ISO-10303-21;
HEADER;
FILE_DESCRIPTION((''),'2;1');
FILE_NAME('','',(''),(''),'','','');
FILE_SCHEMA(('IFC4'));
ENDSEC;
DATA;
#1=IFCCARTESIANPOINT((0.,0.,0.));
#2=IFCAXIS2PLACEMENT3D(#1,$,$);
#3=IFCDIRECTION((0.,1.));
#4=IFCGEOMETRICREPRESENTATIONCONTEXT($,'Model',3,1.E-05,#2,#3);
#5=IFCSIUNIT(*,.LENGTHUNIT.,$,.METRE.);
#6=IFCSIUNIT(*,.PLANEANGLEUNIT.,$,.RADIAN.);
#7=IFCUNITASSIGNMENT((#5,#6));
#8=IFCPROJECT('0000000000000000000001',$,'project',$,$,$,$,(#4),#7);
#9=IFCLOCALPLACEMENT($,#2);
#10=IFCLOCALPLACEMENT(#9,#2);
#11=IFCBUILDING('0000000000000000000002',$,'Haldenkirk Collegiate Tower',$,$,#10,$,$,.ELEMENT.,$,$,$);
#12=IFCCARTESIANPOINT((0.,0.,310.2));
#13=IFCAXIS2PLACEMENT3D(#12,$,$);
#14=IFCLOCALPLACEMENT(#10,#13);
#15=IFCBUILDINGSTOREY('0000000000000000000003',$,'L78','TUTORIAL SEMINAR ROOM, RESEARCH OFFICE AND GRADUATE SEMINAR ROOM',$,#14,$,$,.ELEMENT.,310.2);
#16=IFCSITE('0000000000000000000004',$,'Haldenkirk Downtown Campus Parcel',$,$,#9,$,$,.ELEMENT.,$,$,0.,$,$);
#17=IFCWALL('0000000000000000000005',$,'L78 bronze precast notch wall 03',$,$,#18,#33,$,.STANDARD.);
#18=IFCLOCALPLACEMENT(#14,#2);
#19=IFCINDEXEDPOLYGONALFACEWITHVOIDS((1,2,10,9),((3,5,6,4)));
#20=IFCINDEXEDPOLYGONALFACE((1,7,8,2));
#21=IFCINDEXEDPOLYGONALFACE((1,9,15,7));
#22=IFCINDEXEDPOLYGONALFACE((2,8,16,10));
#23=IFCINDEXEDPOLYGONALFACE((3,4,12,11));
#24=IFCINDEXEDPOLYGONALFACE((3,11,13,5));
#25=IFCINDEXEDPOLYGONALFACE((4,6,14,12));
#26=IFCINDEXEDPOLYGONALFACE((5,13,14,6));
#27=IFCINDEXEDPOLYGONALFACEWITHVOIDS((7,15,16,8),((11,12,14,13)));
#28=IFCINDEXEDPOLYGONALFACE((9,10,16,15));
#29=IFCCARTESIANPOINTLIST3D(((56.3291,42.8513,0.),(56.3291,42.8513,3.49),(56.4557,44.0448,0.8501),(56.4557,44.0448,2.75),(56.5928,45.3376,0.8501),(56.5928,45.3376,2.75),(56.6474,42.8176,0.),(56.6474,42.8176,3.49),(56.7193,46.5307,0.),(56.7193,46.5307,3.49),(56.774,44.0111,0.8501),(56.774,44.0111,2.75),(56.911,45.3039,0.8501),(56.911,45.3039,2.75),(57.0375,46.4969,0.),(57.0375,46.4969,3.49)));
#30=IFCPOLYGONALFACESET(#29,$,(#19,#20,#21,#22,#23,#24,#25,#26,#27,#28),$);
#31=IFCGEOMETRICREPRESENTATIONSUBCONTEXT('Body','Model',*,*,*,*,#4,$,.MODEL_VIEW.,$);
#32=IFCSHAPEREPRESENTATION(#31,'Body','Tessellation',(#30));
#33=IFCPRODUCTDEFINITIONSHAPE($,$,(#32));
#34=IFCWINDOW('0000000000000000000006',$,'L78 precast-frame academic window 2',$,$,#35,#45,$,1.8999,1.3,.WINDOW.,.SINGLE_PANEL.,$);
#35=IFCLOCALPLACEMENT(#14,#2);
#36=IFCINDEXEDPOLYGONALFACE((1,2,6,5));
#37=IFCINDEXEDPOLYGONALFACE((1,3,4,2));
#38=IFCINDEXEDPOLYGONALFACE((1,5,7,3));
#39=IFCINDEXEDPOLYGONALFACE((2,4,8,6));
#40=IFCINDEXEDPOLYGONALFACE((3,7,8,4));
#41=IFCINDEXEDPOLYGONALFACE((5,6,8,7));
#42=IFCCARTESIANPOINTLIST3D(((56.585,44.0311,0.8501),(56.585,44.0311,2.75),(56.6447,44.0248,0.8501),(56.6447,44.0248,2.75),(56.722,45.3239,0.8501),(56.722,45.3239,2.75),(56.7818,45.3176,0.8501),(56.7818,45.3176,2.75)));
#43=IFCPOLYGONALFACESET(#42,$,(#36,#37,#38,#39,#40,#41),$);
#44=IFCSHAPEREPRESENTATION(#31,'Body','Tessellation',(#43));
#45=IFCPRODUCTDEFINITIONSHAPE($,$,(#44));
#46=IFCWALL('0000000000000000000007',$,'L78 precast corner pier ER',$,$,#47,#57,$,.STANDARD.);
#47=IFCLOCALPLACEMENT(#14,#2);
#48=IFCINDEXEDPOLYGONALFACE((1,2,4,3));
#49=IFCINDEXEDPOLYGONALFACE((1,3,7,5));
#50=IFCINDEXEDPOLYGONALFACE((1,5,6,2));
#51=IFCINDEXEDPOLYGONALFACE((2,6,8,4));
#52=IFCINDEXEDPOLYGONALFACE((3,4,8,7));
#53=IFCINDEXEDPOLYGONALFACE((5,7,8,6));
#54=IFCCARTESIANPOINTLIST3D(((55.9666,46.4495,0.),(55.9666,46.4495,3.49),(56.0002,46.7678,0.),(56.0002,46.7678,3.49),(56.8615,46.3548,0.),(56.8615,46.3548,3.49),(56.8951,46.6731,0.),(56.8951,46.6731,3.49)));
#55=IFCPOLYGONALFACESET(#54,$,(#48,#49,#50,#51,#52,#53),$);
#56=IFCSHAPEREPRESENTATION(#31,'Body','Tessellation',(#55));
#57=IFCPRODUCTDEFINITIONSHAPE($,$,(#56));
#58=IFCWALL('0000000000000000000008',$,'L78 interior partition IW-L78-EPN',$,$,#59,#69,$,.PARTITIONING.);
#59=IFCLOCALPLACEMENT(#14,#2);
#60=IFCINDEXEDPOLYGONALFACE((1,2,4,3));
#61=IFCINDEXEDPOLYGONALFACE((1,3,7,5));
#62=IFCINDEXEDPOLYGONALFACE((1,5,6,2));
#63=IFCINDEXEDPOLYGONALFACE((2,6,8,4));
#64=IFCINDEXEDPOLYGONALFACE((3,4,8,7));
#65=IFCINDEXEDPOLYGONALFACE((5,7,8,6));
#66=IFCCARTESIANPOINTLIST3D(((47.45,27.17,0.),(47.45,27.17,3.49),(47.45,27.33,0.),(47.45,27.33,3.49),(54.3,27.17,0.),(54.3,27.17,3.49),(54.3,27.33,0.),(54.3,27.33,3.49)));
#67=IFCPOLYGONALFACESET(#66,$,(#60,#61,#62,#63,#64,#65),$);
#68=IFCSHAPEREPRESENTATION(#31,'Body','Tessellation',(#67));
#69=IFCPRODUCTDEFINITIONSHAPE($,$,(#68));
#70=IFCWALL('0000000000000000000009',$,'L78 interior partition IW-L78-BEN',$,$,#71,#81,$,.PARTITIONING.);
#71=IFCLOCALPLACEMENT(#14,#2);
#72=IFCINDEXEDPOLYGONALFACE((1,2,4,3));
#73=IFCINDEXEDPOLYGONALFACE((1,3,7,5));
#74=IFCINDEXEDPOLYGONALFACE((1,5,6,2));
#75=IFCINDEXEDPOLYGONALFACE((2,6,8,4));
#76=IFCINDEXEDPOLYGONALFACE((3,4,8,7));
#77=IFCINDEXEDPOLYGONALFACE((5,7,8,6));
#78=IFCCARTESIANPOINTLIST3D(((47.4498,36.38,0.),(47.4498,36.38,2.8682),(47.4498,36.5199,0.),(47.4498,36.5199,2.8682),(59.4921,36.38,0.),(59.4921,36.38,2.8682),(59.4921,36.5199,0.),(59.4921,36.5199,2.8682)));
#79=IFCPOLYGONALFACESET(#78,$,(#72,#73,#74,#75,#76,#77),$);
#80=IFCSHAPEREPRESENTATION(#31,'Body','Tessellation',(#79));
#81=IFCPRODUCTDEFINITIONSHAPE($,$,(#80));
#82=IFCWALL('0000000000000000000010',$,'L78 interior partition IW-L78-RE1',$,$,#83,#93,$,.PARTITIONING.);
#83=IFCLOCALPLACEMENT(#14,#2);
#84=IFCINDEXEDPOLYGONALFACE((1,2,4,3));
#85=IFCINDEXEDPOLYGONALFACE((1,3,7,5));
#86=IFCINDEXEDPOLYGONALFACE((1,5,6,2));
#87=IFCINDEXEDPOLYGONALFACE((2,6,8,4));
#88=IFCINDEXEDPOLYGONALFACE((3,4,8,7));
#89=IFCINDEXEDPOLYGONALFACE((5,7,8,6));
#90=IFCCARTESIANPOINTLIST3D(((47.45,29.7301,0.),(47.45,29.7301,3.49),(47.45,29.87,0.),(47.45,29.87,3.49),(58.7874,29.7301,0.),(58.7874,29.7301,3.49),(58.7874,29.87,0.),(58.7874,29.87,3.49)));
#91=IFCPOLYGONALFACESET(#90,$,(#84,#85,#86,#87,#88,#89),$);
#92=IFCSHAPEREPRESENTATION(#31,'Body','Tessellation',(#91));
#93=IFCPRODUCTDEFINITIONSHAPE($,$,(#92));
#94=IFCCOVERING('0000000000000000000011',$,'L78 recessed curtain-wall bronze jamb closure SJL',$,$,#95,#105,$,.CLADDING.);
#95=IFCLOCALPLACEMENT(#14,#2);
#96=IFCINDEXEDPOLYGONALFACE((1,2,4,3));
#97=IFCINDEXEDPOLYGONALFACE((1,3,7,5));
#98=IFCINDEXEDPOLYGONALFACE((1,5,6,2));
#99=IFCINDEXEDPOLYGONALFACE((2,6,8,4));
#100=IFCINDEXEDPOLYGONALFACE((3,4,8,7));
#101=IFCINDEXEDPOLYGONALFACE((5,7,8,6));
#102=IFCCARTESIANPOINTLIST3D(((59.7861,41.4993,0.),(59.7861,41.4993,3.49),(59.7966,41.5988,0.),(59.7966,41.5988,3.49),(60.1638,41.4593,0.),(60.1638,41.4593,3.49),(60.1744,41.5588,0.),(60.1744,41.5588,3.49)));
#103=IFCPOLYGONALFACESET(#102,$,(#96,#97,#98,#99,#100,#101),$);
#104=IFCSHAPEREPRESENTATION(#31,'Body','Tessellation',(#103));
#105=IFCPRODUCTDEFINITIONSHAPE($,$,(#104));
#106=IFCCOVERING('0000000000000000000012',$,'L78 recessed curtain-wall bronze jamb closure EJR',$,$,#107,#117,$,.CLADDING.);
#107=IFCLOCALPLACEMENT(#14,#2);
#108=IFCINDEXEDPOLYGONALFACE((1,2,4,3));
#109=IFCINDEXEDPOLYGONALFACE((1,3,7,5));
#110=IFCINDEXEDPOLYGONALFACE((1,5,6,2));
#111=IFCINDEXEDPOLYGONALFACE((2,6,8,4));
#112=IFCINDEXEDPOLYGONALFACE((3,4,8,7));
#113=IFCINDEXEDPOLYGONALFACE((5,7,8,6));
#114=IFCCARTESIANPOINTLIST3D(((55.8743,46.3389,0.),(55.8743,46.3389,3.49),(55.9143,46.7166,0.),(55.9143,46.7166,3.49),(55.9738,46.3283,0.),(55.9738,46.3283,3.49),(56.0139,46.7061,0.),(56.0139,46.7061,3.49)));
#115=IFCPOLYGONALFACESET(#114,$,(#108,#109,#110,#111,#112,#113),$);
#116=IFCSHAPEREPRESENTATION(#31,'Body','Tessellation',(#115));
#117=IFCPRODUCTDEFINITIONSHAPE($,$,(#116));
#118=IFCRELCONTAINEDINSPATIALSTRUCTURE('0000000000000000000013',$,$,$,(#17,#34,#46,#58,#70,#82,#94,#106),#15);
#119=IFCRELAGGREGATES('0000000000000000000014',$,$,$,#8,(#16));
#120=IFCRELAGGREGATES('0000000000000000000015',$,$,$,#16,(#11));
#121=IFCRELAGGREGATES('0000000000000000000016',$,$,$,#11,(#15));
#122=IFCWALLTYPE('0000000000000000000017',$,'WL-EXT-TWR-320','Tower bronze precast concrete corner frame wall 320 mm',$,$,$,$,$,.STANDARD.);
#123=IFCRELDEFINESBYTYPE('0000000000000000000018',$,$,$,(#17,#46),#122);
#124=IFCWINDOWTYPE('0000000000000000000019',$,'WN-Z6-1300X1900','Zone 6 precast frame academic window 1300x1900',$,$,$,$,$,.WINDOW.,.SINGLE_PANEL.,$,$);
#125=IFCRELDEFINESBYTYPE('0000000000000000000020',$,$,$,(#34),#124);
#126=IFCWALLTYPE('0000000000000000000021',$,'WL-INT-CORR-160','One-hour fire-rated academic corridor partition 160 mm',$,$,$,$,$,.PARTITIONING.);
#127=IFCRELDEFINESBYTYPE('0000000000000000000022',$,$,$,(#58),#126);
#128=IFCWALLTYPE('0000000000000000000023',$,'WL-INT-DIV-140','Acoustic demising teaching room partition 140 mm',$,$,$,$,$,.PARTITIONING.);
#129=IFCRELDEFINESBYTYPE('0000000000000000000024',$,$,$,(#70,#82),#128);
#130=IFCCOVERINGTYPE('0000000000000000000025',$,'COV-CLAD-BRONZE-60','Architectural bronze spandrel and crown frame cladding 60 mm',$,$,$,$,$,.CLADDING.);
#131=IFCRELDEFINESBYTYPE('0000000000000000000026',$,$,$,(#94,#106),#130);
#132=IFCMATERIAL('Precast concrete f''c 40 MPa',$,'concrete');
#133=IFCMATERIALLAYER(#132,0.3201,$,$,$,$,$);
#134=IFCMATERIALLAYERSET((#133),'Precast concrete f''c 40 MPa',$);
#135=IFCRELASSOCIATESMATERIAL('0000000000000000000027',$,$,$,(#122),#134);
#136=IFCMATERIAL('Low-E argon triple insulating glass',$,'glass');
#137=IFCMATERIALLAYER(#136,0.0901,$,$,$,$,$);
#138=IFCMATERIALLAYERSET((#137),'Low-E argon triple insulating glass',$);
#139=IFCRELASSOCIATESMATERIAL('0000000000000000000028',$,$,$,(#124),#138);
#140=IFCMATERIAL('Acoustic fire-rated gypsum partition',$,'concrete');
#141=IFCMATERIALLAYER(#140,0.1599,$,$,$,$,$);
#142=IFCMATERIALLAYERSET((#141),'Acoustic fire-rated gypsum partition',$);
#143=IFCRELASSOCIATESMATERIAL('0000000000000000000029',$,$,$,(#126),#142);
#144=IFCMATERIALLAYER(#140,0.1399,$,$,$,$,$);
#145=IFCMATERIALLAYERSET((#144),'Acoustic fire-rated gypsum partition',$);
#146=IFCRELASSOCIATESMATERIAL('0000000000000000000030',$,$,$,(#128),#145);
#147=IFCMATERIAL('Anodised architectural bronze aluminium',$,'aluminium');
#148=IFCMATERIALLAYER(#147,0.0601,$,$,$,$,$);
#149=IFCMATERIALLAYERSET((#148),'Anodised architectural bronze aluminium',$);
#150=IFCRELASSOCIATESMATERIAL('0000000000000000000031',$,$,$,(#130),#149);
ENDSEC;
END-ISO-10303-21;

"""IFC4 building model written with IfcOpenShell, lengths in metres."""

from ifc_helpers import new_model, si_unit, direction, frame, frame_2d, origin, origin_2d, place, context, subcontext, project, spatial, rectangle, extrude, source, transform, mapped, material, layer, layer_set, type_object, element, fill, save


model = new_model("IFC4")

# Units and contexts
model_context = context("Model", 3, precision=1e-05, world=origin(), true_north=direction((0.0, 1.0)))
body_context = subcontext(model_context, "Body", "Model", "MODEL_VIEW")
ifc_project = project(units=[si_unit("LENGTHUNIT", "METRE"), si_unit("PLANEANGLEUNIT", "RADIAN")], contexts=[model_context])

# Site, building, storey
site_placement = place(None, origin())
site = spatial("IfcSite", under=ifc_project, at=site_placement, Name="Haldenkirk Downtown Campus Parcel", CompositionType="ELEMENT", RefElevation=0.0)
building_placement = place(site_placement, origin())
building = spatial("IfcBuilding", under=site, at=building_placement, Name="Haldenkirk Collegiate Tower", CompositionType="ELEMENT")
storey_placement = place(building_placement, frame((0.0, 0.0, 310.2)))
storey = spatial("IfcBuildingStorey", under=building, at=storey_placement, Name="L78", Description="TUTORIAL SEMINAR ROOM, RESEARCH OFFICE AND GRADUATE SEMINAR ROOM", CompositionType="ELEMENT", Elevation=310.2)

# Shared definitions
ifc_material_1 = material(Name="Anodised architectural bronze aluminium", Category="aluminium")

# Shared definitions
ifc_material_2 = material(Name="Low-E argon triple insulating glass", Category="glass")

# Shared definitions
ifc_material_3 = material(Name="Precast concrete f'c 40 MPa", Category="concrete")
ifc_layer_1 = layer(ifc_material_3, 0.3201)
ifc_layer_set_1 = layer_set([ifc_layer_1], Name="Precast concrete f'c 40 MPa")
wall_type_1 = type_object("IfcWallType", Name="WL-EXT-TWR-320", Description="Tower bronze precast concrete corner frame wall 320 mm", PredefinedType="STANDARD", material=ifc_layer_set_1)

# Wall, opening, window
wall_1_placement = place(storey_placement, frame((56.8784, 46.5139, 0.0), z_axis=(0.0, 0.0, 1.0), x_axis=(-0.10544, -0.994426, 0.0)))
wall_1 = element("IfcWall", 1, at=wall_1_placement, inside=storey, type_object=wall_type_1, Name="L78 bronze precast notch wall 03", PredefinedType="STANDARD", context=body_context, shape_type="SweptSolid", body=[
    extrude(rectangle(XDim=3.7, YDim=0.3201, at=frame_2d((1.8501, 0.0))), origin(), (0.0, 0.0, 1.0), 3.49),
])
opening_placement = place(wall_1_placement, frame((1.2, 0.0, 0.8501)))
opening = element("IfcOpeningElement", 2, at=opening_placement, cuts=wall_1, PredefinedType="OPENING", context=body_context, shape_type="SweptSolid", body=[
    extrude(rectangle(XDim=1.3, YDim=1.8999, at=frame_2d((0.6499, 0.95))), frame((0.0, 0.1699, 0.0), z_axis=(0.0, -1.0, 0.0), x_axis=(1.0, 0.0, 0.0)), (0.0, 0.0, 1.0), 0.3401),
])
ifc_layer_2 = layer(ifc_material_2, 0.0901)
ifc_layer_set_2 = layer_set([ifc_layer_2], Name="Low-E argon triple insulating glass")
window_type = type_object("IfcWindowType", Name="WN-Z6-1300X1900", Description="Zone 6 precast frame academic window 1300x1900", PartitioningType="SINGLE_PANEL", PredefinedType="WINDOW", material=ifc_layer_set_2)
window_placement = place(opening_placement, origin())
window = element("IfcWindow", 3, at=window_placement, inside=storey, type_object=window_type, Name="L78 precast-frame academic window 2", OverallHeight=1.8999, OverallWidth=1.3, PartitioningType="SINGLE_PANEL", PredefinedType="WINDOW", context=body_context, shape_type="SweptSolid", body=[
    extrude(rectangle(XDim=1.3, YDim=1.8999, at=frame_2d((0.6499, 0.95))), frame((0.0, 0.03, 0.0), z_axis=(0.0, -1.0, 0.0), x_axis=(1.0, 0.0, 0.0)), (0.0, 0.0, 1.0), 0.0601),
])
fill(opening, window)

# Walls
wall_2_placement = place(storey_placement, frame((55.9834, 46.6086, 0.0), z_axis=(0.0, 0.0, 1.0), x_axis=(0.994446, -0.10525, 0.0)))
element("IfcWall", 4, at=wall_2_placement, inside=storey, type_object=wall_type_1, Name="L78 precast corner pier ER", PredefinedType="STANDARD", context=body_context, shape_type="SweptSolid", body=[
    extrude(rectangle(XDim=0.8999, YDim=0.3201, at=frame_2d((0.45, 0.0))), origin(), (0.0, 0.0, 1.0), 3.49),
])
ifc_material_4 = material(Name="Acoustic fire-rated gypsum partition", Category="concrete")
ifc_layer_3 = layer(ifc_material_4, 0.1599)
ifc_layer_set_3 = layer_set([ifc_layer_3], Name="Acoustic fire-rated gypsum partition")
wall_type_2 = type_object("IfcWallType", Name="WL-INT-CORR-160", Description="One-hour fire-rated academic corridor partition 160 mm", PredefinedType="PARTITIONING", material=ifc_layer_set_3)
wall_3_placement = place(storey_placement, frame((47.45, 27.25, 0.0), z_axis=(0.0, 0.0, 1.0), x_axis=(1.0, 0.0, 0.0)))
element("IfcWall", 5, at=wall_3_placement, inside=storey, type_object=wall_type_2, Name="L78 interior partition IW-L78-EPN", PredefinedType="PARTITIONING", context=body_context, shape_type="SweptSolid", body=[
    extrude(rectangle(XDim=6.8501, YDim=0.1599, at=frame_2d((3.425, 0.0))), origin(), (0.0, 0.0, 1.0), 3.49),
])
ifc_layer_4 = layer(ifc_material_4, 0.1399)
ifc_layer_set_4 = layer_set([ifc_layer_4], Name="Acoustic fire-rated gypsum partition")
wall_type_3 = type_object("IfcWallType", Name="WL-INT-DIV-140", Description="Acoustic demising teaching room partition 140 mm", PredefinedType="PARTITIONING", material=ifc_layer_set_4)
wall_4_placement = place(storey_placement, frame((47.45, 36.45, 0.0), z_axis=(0.0, 0.0, 1.0), x_axis=(1.0, 0.0, 0.0)))
element("IfcWall", 6, at=wall_4_placement, inside=storey, type_object=wall_type_3, Name="L78 interior partition IW-L78-BEN", PredefinedType="PARTITIONING", context=body_context, shape_type="SweptSolid", body=[
    extrude(rectangle(XDim=12.0422, YDim=0.1399, at=frame_2d((6.021, 0.0))), origin(), (0.0, 0.0, 1.0), 2.8682),
])
wall_5_placement = place(storey_placement, frame((47.45, 29.8, 0.0), z_axis=(0.0, 0.0, 1.0), x_axis=(1.0, 0.0, 0.0)))
element("IfcWall", 7, at=wall_5_placement, inside=storey, type_object=wall_type_3, Name="L78 interior partition IW-L78-RE1", PredefinedType="PARTITIONING", context=body_context, shape_type="SweptSolid", body=[
    extrude(rectangle(XDim=11.3374, YDim=0.1399, at=frame_2d((5.6687, 0.0))), origin(), (0.0, 0.0, 1.0), 3.49),
])

# Coverings
ifc_layer_5 = layer(ifc_material_1, 0.0601)
ifc_layer_set_5 = layer_set([ifc_layer_5], Name="Anodised architectural bronze aluminium")
covering_type = type_object("IfcCoveringType", Name="COV-CLAD-BRONZE-60", Description="Architectural bronze spandrel and crown frame cladding 60 mm", PredefinedType="CLADDING", material=ifc_layer_set_5)
shared_shape_1 = source(origin(), body_context, "Body", "SweptSolid", [
    extrude(rectangle(XDim=0.1001, YDim=0.3799, at=origin_2d()), origin(), (0.0, 0.0, 1.0), 3.49),
])
for number, where, z_axis, x_axis, name in (
    (8, (59.9802, 41.5291, 0.0), (0.0, 0.0, 1.0), (-0.105396, -0.99443, 0.0), "L78 recessed curtain-wall bronze jamb closure SJL"),
    (9, (55.9441, 46.5225, 0.0), (0.0, 0.0, 1.0), (0.99443, -0.105396, 0.0), "L78 recessed curtain-wall bronze jamb closure EJR"),
):
    element("IfcCovering", number, at=place(storey_placement, frame(where, z_axis=z_axis, x_axis=x_axis)), inside=storey, type_object=covering_type, Name=name, PredefinedType="CLADDING", context=body_context, shape_type="MappedRepresentation", body=[
        mapped(shared_shape_1, transform((0.0, 0.0, 0.0), x_axis=(1.0, 0.0, 0.0), y_axis=(0.0, 1.0, 0.0), z_axis=(0.0, 0.0, 1.0), scale=1.0)),
    ])

save(model, "model.ifc")
